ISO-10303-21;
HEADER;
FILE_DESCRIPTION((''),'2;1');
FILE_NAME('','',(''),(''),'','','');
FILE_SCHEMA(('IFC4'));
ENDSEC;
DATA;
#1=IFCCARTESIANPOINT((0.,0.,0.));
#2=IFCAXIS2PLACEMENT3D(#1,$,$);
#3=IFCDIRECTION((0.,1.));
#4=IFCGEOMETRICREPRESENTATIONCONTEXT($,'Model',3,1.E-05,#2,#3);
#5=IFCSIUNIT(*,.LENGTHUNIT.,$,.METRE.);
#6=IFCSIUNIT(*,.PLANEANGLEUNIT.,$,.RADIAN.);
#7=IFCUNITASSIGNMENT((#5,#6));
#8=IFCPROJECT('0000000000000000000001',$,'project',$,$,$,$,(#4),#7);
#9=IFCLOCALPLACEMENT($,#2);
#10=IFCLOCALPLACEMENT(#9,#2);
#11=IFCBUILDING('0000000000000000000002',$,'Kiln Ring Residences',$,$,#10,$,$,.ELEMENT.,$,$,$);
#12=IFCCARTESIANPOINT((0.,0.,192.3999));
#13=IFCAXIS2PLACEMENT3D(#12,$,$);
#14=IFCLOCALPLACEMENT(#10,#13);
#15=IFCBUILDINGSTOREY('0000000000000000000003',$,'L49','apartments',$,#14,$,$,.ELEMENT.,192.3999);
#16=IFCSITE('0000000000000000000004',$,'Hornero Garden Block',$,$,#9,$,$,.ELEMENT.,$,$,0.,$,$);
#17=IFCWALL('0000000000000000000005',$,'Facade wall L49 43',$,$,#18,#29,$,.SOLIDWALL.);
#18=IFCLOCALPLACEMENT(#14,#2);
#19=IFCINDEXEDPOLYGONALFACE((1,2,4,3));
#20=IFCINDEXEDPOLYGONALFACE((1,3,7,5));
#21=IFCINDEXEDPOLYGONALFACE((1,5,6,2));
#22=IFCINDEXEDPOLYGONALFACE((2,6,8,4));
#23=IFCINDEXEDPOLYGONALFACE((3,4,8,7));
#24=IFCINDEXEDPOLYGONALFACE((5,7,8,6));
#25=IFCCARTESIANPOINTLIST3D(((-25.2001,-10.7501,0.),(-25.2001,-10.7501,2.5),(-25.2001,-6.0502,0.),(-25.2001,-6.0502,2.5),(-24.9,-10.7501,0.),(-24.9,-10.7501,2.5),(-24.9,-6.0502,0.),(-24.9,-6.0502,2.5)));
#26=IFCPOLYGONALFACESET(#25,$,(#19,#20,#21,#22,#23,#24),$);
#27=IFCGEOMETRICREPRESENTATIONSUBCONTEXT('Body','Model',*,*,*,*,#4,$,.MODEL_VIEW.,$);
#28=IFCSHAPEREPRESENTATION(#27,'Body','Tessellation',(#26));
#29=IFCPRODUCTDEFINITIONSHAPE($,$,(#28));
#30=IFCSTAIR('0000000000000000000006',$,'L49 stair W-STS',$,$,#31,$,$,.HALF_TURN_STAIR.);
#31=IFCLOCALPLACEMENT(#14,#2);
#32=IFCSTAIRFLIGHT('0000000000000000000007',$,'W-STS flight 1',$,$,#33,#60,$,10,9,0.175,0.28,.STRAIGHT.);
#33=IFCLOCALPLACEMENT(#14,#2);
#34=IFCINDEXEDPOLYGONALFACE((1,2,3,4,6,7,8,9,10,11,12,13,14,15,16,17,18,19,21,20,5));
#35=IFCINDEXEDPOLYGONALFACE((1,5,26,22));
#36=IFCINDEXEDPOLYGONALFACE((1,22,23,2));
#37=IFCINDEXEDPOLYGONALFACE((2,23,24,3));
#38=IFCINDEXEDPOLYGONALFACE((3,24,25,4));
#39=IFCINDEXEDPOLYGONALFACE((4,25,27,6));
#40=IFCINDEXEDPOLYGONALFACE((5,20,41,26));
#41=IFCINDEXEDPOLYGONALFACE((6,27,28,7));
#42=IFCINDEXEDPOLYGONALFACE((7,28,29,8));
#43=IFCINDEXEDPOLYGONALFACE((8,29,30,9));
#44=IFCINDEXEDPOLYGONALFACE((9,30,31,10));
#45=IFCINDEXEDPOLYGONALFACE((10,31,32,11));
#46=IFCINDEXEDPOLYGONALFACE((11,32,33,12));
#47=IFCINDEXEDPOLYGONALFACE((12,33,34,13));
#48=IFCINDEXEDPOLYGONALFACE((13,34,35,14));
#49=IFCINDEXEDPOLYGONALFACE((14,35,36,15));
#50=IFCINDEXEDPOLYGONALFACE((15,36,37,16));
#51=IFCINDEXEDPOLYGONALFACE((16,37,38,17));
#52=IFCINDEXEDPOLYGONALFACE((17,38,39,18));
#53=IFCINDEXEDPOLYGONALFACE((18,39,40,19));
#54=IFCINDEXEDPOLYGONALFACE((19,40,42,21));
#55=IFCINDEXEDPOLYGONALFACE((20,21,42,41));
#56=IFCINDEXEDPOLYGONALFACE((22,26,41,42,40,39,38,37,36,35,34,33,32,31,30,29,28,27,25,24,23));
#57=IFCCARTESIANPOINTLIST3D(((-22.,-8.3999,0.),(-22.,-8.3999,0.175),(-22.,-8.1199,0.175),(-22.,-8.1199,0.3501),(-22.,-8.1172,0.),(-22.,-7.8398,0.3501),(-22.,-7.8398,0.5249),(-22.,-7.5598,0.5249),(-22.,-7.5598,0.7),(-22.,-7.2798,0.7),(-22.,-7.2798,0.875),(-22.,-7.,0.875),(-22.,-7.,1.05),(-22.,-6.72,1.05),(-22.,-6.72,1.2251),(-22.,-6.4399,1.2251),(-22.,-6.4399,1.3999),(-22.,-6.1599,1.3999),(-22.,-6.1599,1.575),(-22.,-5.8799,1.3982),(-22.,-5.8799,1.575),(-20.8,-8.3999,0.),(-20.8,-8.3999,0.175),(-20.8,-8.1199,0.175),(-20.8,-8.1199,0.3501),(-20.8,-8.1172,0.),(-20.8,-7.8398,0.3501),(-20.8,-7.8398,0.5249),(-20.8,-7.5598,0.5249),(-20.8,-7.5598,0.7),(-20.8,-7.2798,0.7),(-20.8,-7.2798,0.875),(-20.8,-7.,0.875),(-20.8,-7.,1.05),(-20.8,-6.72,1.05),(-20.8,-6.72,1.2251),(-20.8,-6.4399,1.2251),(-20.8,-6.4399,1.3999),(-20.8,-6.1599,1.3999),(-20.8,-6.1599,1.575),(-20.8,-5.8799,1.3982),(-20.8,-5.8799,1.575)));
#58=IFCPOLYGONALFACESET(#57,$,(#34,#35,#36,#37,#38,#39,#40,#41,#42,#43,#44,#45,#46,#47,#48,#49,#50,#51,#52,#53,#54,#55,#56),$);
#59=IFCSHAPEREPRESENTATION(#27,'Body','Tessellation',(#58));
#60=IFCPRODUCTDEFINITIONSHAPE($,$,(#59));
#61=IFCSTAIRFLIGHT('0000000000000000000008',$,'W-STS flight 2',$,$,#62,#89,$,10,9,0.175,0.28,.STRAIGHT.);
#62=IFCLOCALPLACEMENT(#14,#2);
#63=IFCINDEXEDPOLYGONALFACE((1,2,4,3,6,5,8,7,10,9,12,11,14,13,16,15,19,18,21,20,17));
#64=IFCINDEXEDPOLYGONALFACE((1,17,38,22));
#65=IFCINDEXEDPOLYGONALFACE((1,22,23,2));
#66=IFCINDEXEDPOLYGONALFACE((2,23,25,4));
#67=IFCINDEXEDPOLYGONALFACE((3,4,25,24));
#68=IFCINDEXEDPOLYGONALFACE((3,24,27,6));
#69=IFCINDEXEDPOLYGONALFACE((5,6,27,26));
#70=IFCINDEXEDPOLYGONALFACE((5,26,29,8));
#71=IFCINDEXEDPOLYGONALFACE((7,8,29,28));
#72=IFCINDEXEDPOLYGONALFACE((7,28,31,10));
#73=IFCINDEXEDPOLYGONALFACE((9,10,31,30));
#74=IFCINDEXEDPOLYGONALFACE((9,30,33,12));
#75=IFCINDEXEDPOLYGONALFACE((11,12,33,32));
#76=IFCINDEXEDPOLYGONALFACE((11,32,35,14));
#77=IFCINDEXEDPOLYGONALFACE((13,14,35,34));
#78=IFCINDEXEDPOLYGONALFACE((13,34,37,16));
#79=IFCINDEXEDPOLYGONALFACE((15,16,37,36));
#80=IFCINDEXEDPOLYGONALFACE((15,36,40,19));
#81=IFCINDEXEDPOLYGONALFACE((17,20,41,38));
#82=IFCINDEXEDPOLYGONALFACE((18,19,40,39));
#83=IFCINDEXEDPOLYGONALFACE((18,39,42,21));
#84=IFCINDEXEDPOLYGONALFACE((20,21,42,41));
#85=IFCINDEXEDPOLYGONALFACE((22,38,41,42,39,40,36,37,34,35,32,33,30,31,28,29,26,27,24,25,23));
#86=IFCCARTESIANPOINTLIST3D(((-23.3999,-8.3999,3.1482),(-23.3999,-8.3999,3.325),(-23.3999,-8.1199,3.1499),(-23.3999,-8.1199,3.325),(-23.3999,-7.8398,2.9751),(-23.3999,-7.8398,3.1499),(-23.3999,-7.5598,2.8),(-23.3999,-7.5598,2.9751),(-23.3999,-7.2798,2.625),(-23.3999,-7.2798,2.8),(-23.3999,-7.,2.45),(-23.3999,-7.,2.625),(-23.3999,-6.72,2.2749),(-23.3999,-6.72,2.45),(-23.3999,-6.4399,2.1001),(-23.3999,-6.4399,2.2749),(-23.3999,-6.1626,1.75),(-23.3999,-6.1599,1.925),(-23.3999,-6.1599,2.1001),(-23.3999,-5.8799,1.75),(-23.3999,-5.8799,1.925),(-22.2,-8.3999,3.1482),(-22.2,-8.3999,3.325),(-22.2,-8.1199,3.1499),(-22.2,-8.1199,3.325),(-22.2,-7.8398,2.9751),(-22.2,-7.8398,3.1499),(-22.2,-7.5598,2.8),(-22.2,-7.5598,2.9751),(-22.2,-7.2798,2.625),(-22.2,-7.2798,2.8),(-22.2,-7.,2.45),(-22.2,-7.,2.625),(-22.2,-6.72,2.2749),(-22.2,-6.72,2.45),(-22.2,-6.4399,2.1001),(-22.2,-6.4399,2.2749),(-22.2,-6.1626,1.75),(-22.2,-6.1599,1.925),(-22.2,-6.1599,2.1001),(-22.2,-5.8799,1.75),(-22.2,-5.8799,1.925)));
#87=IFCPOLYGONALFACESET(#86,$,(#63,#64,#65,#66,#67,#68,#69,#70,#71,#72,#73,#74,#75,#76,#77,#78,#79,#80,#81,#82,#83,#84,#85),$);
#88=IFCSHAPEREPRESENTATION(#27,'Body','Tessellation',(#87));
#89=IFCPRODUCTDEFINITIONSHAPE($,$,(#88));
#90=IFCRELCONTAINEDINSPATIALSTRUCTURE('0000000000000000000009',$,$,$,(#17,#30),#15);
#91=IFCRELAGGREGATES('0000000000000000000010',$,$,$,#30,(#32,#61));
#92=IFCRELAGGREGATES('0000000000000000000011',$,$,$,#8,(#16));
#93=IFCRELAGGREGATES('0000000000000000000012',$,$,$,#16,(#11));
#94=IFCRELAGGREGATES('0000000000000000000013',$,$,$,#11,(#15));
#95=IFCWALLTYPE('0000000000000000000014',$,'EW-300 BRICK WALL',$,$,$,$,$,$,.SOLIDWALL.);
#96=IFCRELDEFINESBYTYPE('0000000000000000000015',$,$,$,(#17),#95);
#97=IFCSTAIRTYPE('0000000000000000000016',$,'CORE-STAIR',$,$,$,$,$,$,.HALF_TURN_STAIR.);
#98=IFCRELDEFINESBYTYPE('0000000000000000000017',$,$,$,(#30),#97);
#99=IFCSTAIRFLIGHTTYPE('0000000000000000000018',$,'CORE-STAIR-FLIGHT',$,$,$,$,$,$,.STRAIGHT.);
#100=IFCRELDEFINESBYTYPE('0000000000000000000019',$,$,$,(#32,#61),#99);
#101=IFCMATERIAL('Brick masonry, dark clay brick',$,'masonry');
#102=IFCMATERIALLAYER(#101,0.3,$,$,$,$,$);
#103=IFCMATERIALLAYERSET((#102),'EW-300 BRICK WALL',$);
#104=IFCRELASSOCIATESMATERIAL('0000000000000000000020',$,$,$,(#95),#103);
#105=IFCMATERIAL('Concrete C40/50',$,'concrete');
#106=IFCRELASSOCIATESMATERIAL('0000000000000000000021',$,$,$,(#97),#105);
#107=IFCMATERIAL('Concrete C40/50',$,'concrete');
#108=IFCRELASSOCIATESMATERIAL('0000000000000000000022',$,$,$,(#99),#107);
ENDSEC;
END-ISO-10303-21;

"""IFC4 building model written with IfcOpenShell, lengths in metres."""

from ifc_helpers import new_model, si_unit, direction, frame, frame_2d, origin, place, context, subcontext, project, spatial, polyline, rectangle, outline, extrude, material, layer, layer_set, type_object, element, aggregate, save


model = new_model("IFC4")

# Units and contexts
model_context = context("Model", 3, precision=1e-05, world=origin(), true_north=direction((0.0, 1.0)))
body_context = subcontext(model_context, "Body", "Model", "MODEL_VIEW")
ifc_project = project(units=[si_unit("LENGTHUNIT", "METRE"), si_unit("PLANEANGLEUNIT", "RADIAN")], contexts=[model_context])

# Site, building, storey
site_placement = place(None, origin())
site = spatial("IfcSite", under=ifc_project, at=site_placement, Name="Hornero Garden Block", CompositionType="ELEMENT", RefElevation=0.0)
building_placement = place(site_placement, origin())
building = spatial("IfcBuilding", under=site, at=building_placement, Name="Kiln Ring Residences", CompositionType="ELEMENT")
storey_placement = place(building_placement, frame((0.0, 0.0, 192.3999)))
storey = spatial("IfcBuildingStorey", under=building, at=storey_placement, Name="L49", Description="apartments", CompositionType="ELEMENT", Elevation=192.3999)

# Wall
ifc_material_1 = material(Name="Brick masonry, dark clay brick", Category="masonry")
ifc_layer_1 = layer(ifc_material_1, 0.3)
ifc_layer_set_1 = layer_set([ifc_layer_1], Name="EW-300 BRICK WALL")
wall_type_1 = type_object("IfcWallType", Name="EW-300 BRICK WALL", PredefinedType="SOLIDWALL", material=ifc_layer_set_1)
for number, where, z_axis, x_axis, name in (
    (1, (-25.05, -6.05, 0.0), (0.0, 0.0, 1.0), (0.0, -1.0, 0.0), "Facade wall L49 43"),
):
    element("IfcWall", number, at=place(storey_placement, frame(where, z_axis=z_axis, x_axis=x_axis)), inside=storey, type_object=wall_type_1, Name=name, PredefinedType="SOLIDWALL", context=body_context, shape_type="SweptSolid", body=[
        extrude(rectangle(XDim=4.7, YDim=0.3, at=frame_2d((2.3501, 0.0))), origin(), (0.0, 0.0, 1.0), 2.5),
    ])

# Stair, stair flights
ifc_material_2 = material(Name="Concrete C40/50", Category="concrete")
stair_type = type_object("IfcStairType", Name="CORE-STAIR", PredefinedType="HALF_TURN_STAIR", material=ifc_material_2)
stair_placement = place(storey_placement, origin())
stair = element("IfcStair", 2, at=stair_placement, inside=storey, type_object=stair_type, Name="L49 stair W-STS", PredefinedType="HALF_TURN_STAIR")
ifc_material_3 = material(Name="Concrete C40/50", Category="concrete")
stair_flight_type = type_object("IfcStairFlightType", Name="CORE-STAIR-FLIGHT", PredefinedType="STRAIGHT", material=ifc_material_3)
stair_flight_1_placement = place(storey_placement, frame((-21.3999, -8.3999, 0.0), z_axis=(0.0, 0.0, 1.0), x_axis=(0.0, 1.0, 0.0)))
stair_flight_1 = element("IfcStairFlight", 3, at=stair_flight_1_placement, type_object=stair_flight_type, Name="W-STS flight 1", NumberOfRisers=10, NumberOfTreads=9, PredefinedType="STRAIGHT", RiserHeight=0.175, TreadLength=0.28, context=body_context, shape_type="SweptSolid", body=[
    extrude(outline(polyline([(0.0, 0.0), (0.0, 0.175), (0.28, 0.175), (0.28, 0.3501), (0.5601, 0.3501), (0.5601, 0.5249), (0.8401, 0.5249), (0.8401, 0.7), (1.1201, 0.7), (1.1201, 0.875), (1.3999, 0.875), (1.3999, 1.05), (1.6799, 1.05), (1.6799, 1.2251), (1.96, 1.2251), (1.96, 1.3999), (2.24, 1.3999), (2.24, 1.575), (2.52, 1.575), (2.52, 1.75), (2.52, 1.3982), (0.2827, 0.0), (0.0, 0.0)])), frame((0.0, 0.6001, 0.0), z_axis=(0.0, -1.0, 0.0), x_axis=(1.0, 0.0, 0.0)), (0.0, 0.0, 1.0), 1.2),
])
stair_flight_2_placement = place(storey_placement, frame((-22.8, -5.8799, 1.75), z_axis=(0.0, 0.0, 1.0), x_axis=(0.0, -1.0, 0.0)))
stair_flight_2 = element("IfcStairFlight", 4, at=stair_flight_2_placement, type_object=stair_flight_type, Name="W-STS flight 2", NumberOfRisers=10, NumberOfTreads=9, PredefinedType="STRAIGHT", RiserHeight=0.175, TreadLength=0.28, context=body_context, shape_type="SweptSolid", body=[
    extrude(outline(polyline([(0.0, 0.0), (0.0, 0.175), (0.28, 0.175), (0.28, 0.3501), (0.5601, 0.3501), (0.5601, 0.5249), (0.8401, 0.5249), (0.8401, 0.7), (1.1201, 0.7), (1.1201, 0.875), (1.3999, 0.875), (1.3999, 1.05), (1.6799, 1.05), (1.6799, 1.2251), (1.96, 1.2251), (1.96, 1.3999), (2.24, 1.3999), (2.24, 1.575), (2.52, 1.575), (2.52, 1.75), (2.52, 1.3982), (0.2827, 0.0), (0.0, 0.0)])), frame((0.0, 0.6001, 0.0), z_axis=(0.0, -1.0, 0.0), x_axis=(1.0, 0.0, 0.0)), (0.0, 0.0, 1.0), 1.2),
])
aggregate(stair, [stair_flight_1, stair_flight_2])

save(model, "model.ifc")
